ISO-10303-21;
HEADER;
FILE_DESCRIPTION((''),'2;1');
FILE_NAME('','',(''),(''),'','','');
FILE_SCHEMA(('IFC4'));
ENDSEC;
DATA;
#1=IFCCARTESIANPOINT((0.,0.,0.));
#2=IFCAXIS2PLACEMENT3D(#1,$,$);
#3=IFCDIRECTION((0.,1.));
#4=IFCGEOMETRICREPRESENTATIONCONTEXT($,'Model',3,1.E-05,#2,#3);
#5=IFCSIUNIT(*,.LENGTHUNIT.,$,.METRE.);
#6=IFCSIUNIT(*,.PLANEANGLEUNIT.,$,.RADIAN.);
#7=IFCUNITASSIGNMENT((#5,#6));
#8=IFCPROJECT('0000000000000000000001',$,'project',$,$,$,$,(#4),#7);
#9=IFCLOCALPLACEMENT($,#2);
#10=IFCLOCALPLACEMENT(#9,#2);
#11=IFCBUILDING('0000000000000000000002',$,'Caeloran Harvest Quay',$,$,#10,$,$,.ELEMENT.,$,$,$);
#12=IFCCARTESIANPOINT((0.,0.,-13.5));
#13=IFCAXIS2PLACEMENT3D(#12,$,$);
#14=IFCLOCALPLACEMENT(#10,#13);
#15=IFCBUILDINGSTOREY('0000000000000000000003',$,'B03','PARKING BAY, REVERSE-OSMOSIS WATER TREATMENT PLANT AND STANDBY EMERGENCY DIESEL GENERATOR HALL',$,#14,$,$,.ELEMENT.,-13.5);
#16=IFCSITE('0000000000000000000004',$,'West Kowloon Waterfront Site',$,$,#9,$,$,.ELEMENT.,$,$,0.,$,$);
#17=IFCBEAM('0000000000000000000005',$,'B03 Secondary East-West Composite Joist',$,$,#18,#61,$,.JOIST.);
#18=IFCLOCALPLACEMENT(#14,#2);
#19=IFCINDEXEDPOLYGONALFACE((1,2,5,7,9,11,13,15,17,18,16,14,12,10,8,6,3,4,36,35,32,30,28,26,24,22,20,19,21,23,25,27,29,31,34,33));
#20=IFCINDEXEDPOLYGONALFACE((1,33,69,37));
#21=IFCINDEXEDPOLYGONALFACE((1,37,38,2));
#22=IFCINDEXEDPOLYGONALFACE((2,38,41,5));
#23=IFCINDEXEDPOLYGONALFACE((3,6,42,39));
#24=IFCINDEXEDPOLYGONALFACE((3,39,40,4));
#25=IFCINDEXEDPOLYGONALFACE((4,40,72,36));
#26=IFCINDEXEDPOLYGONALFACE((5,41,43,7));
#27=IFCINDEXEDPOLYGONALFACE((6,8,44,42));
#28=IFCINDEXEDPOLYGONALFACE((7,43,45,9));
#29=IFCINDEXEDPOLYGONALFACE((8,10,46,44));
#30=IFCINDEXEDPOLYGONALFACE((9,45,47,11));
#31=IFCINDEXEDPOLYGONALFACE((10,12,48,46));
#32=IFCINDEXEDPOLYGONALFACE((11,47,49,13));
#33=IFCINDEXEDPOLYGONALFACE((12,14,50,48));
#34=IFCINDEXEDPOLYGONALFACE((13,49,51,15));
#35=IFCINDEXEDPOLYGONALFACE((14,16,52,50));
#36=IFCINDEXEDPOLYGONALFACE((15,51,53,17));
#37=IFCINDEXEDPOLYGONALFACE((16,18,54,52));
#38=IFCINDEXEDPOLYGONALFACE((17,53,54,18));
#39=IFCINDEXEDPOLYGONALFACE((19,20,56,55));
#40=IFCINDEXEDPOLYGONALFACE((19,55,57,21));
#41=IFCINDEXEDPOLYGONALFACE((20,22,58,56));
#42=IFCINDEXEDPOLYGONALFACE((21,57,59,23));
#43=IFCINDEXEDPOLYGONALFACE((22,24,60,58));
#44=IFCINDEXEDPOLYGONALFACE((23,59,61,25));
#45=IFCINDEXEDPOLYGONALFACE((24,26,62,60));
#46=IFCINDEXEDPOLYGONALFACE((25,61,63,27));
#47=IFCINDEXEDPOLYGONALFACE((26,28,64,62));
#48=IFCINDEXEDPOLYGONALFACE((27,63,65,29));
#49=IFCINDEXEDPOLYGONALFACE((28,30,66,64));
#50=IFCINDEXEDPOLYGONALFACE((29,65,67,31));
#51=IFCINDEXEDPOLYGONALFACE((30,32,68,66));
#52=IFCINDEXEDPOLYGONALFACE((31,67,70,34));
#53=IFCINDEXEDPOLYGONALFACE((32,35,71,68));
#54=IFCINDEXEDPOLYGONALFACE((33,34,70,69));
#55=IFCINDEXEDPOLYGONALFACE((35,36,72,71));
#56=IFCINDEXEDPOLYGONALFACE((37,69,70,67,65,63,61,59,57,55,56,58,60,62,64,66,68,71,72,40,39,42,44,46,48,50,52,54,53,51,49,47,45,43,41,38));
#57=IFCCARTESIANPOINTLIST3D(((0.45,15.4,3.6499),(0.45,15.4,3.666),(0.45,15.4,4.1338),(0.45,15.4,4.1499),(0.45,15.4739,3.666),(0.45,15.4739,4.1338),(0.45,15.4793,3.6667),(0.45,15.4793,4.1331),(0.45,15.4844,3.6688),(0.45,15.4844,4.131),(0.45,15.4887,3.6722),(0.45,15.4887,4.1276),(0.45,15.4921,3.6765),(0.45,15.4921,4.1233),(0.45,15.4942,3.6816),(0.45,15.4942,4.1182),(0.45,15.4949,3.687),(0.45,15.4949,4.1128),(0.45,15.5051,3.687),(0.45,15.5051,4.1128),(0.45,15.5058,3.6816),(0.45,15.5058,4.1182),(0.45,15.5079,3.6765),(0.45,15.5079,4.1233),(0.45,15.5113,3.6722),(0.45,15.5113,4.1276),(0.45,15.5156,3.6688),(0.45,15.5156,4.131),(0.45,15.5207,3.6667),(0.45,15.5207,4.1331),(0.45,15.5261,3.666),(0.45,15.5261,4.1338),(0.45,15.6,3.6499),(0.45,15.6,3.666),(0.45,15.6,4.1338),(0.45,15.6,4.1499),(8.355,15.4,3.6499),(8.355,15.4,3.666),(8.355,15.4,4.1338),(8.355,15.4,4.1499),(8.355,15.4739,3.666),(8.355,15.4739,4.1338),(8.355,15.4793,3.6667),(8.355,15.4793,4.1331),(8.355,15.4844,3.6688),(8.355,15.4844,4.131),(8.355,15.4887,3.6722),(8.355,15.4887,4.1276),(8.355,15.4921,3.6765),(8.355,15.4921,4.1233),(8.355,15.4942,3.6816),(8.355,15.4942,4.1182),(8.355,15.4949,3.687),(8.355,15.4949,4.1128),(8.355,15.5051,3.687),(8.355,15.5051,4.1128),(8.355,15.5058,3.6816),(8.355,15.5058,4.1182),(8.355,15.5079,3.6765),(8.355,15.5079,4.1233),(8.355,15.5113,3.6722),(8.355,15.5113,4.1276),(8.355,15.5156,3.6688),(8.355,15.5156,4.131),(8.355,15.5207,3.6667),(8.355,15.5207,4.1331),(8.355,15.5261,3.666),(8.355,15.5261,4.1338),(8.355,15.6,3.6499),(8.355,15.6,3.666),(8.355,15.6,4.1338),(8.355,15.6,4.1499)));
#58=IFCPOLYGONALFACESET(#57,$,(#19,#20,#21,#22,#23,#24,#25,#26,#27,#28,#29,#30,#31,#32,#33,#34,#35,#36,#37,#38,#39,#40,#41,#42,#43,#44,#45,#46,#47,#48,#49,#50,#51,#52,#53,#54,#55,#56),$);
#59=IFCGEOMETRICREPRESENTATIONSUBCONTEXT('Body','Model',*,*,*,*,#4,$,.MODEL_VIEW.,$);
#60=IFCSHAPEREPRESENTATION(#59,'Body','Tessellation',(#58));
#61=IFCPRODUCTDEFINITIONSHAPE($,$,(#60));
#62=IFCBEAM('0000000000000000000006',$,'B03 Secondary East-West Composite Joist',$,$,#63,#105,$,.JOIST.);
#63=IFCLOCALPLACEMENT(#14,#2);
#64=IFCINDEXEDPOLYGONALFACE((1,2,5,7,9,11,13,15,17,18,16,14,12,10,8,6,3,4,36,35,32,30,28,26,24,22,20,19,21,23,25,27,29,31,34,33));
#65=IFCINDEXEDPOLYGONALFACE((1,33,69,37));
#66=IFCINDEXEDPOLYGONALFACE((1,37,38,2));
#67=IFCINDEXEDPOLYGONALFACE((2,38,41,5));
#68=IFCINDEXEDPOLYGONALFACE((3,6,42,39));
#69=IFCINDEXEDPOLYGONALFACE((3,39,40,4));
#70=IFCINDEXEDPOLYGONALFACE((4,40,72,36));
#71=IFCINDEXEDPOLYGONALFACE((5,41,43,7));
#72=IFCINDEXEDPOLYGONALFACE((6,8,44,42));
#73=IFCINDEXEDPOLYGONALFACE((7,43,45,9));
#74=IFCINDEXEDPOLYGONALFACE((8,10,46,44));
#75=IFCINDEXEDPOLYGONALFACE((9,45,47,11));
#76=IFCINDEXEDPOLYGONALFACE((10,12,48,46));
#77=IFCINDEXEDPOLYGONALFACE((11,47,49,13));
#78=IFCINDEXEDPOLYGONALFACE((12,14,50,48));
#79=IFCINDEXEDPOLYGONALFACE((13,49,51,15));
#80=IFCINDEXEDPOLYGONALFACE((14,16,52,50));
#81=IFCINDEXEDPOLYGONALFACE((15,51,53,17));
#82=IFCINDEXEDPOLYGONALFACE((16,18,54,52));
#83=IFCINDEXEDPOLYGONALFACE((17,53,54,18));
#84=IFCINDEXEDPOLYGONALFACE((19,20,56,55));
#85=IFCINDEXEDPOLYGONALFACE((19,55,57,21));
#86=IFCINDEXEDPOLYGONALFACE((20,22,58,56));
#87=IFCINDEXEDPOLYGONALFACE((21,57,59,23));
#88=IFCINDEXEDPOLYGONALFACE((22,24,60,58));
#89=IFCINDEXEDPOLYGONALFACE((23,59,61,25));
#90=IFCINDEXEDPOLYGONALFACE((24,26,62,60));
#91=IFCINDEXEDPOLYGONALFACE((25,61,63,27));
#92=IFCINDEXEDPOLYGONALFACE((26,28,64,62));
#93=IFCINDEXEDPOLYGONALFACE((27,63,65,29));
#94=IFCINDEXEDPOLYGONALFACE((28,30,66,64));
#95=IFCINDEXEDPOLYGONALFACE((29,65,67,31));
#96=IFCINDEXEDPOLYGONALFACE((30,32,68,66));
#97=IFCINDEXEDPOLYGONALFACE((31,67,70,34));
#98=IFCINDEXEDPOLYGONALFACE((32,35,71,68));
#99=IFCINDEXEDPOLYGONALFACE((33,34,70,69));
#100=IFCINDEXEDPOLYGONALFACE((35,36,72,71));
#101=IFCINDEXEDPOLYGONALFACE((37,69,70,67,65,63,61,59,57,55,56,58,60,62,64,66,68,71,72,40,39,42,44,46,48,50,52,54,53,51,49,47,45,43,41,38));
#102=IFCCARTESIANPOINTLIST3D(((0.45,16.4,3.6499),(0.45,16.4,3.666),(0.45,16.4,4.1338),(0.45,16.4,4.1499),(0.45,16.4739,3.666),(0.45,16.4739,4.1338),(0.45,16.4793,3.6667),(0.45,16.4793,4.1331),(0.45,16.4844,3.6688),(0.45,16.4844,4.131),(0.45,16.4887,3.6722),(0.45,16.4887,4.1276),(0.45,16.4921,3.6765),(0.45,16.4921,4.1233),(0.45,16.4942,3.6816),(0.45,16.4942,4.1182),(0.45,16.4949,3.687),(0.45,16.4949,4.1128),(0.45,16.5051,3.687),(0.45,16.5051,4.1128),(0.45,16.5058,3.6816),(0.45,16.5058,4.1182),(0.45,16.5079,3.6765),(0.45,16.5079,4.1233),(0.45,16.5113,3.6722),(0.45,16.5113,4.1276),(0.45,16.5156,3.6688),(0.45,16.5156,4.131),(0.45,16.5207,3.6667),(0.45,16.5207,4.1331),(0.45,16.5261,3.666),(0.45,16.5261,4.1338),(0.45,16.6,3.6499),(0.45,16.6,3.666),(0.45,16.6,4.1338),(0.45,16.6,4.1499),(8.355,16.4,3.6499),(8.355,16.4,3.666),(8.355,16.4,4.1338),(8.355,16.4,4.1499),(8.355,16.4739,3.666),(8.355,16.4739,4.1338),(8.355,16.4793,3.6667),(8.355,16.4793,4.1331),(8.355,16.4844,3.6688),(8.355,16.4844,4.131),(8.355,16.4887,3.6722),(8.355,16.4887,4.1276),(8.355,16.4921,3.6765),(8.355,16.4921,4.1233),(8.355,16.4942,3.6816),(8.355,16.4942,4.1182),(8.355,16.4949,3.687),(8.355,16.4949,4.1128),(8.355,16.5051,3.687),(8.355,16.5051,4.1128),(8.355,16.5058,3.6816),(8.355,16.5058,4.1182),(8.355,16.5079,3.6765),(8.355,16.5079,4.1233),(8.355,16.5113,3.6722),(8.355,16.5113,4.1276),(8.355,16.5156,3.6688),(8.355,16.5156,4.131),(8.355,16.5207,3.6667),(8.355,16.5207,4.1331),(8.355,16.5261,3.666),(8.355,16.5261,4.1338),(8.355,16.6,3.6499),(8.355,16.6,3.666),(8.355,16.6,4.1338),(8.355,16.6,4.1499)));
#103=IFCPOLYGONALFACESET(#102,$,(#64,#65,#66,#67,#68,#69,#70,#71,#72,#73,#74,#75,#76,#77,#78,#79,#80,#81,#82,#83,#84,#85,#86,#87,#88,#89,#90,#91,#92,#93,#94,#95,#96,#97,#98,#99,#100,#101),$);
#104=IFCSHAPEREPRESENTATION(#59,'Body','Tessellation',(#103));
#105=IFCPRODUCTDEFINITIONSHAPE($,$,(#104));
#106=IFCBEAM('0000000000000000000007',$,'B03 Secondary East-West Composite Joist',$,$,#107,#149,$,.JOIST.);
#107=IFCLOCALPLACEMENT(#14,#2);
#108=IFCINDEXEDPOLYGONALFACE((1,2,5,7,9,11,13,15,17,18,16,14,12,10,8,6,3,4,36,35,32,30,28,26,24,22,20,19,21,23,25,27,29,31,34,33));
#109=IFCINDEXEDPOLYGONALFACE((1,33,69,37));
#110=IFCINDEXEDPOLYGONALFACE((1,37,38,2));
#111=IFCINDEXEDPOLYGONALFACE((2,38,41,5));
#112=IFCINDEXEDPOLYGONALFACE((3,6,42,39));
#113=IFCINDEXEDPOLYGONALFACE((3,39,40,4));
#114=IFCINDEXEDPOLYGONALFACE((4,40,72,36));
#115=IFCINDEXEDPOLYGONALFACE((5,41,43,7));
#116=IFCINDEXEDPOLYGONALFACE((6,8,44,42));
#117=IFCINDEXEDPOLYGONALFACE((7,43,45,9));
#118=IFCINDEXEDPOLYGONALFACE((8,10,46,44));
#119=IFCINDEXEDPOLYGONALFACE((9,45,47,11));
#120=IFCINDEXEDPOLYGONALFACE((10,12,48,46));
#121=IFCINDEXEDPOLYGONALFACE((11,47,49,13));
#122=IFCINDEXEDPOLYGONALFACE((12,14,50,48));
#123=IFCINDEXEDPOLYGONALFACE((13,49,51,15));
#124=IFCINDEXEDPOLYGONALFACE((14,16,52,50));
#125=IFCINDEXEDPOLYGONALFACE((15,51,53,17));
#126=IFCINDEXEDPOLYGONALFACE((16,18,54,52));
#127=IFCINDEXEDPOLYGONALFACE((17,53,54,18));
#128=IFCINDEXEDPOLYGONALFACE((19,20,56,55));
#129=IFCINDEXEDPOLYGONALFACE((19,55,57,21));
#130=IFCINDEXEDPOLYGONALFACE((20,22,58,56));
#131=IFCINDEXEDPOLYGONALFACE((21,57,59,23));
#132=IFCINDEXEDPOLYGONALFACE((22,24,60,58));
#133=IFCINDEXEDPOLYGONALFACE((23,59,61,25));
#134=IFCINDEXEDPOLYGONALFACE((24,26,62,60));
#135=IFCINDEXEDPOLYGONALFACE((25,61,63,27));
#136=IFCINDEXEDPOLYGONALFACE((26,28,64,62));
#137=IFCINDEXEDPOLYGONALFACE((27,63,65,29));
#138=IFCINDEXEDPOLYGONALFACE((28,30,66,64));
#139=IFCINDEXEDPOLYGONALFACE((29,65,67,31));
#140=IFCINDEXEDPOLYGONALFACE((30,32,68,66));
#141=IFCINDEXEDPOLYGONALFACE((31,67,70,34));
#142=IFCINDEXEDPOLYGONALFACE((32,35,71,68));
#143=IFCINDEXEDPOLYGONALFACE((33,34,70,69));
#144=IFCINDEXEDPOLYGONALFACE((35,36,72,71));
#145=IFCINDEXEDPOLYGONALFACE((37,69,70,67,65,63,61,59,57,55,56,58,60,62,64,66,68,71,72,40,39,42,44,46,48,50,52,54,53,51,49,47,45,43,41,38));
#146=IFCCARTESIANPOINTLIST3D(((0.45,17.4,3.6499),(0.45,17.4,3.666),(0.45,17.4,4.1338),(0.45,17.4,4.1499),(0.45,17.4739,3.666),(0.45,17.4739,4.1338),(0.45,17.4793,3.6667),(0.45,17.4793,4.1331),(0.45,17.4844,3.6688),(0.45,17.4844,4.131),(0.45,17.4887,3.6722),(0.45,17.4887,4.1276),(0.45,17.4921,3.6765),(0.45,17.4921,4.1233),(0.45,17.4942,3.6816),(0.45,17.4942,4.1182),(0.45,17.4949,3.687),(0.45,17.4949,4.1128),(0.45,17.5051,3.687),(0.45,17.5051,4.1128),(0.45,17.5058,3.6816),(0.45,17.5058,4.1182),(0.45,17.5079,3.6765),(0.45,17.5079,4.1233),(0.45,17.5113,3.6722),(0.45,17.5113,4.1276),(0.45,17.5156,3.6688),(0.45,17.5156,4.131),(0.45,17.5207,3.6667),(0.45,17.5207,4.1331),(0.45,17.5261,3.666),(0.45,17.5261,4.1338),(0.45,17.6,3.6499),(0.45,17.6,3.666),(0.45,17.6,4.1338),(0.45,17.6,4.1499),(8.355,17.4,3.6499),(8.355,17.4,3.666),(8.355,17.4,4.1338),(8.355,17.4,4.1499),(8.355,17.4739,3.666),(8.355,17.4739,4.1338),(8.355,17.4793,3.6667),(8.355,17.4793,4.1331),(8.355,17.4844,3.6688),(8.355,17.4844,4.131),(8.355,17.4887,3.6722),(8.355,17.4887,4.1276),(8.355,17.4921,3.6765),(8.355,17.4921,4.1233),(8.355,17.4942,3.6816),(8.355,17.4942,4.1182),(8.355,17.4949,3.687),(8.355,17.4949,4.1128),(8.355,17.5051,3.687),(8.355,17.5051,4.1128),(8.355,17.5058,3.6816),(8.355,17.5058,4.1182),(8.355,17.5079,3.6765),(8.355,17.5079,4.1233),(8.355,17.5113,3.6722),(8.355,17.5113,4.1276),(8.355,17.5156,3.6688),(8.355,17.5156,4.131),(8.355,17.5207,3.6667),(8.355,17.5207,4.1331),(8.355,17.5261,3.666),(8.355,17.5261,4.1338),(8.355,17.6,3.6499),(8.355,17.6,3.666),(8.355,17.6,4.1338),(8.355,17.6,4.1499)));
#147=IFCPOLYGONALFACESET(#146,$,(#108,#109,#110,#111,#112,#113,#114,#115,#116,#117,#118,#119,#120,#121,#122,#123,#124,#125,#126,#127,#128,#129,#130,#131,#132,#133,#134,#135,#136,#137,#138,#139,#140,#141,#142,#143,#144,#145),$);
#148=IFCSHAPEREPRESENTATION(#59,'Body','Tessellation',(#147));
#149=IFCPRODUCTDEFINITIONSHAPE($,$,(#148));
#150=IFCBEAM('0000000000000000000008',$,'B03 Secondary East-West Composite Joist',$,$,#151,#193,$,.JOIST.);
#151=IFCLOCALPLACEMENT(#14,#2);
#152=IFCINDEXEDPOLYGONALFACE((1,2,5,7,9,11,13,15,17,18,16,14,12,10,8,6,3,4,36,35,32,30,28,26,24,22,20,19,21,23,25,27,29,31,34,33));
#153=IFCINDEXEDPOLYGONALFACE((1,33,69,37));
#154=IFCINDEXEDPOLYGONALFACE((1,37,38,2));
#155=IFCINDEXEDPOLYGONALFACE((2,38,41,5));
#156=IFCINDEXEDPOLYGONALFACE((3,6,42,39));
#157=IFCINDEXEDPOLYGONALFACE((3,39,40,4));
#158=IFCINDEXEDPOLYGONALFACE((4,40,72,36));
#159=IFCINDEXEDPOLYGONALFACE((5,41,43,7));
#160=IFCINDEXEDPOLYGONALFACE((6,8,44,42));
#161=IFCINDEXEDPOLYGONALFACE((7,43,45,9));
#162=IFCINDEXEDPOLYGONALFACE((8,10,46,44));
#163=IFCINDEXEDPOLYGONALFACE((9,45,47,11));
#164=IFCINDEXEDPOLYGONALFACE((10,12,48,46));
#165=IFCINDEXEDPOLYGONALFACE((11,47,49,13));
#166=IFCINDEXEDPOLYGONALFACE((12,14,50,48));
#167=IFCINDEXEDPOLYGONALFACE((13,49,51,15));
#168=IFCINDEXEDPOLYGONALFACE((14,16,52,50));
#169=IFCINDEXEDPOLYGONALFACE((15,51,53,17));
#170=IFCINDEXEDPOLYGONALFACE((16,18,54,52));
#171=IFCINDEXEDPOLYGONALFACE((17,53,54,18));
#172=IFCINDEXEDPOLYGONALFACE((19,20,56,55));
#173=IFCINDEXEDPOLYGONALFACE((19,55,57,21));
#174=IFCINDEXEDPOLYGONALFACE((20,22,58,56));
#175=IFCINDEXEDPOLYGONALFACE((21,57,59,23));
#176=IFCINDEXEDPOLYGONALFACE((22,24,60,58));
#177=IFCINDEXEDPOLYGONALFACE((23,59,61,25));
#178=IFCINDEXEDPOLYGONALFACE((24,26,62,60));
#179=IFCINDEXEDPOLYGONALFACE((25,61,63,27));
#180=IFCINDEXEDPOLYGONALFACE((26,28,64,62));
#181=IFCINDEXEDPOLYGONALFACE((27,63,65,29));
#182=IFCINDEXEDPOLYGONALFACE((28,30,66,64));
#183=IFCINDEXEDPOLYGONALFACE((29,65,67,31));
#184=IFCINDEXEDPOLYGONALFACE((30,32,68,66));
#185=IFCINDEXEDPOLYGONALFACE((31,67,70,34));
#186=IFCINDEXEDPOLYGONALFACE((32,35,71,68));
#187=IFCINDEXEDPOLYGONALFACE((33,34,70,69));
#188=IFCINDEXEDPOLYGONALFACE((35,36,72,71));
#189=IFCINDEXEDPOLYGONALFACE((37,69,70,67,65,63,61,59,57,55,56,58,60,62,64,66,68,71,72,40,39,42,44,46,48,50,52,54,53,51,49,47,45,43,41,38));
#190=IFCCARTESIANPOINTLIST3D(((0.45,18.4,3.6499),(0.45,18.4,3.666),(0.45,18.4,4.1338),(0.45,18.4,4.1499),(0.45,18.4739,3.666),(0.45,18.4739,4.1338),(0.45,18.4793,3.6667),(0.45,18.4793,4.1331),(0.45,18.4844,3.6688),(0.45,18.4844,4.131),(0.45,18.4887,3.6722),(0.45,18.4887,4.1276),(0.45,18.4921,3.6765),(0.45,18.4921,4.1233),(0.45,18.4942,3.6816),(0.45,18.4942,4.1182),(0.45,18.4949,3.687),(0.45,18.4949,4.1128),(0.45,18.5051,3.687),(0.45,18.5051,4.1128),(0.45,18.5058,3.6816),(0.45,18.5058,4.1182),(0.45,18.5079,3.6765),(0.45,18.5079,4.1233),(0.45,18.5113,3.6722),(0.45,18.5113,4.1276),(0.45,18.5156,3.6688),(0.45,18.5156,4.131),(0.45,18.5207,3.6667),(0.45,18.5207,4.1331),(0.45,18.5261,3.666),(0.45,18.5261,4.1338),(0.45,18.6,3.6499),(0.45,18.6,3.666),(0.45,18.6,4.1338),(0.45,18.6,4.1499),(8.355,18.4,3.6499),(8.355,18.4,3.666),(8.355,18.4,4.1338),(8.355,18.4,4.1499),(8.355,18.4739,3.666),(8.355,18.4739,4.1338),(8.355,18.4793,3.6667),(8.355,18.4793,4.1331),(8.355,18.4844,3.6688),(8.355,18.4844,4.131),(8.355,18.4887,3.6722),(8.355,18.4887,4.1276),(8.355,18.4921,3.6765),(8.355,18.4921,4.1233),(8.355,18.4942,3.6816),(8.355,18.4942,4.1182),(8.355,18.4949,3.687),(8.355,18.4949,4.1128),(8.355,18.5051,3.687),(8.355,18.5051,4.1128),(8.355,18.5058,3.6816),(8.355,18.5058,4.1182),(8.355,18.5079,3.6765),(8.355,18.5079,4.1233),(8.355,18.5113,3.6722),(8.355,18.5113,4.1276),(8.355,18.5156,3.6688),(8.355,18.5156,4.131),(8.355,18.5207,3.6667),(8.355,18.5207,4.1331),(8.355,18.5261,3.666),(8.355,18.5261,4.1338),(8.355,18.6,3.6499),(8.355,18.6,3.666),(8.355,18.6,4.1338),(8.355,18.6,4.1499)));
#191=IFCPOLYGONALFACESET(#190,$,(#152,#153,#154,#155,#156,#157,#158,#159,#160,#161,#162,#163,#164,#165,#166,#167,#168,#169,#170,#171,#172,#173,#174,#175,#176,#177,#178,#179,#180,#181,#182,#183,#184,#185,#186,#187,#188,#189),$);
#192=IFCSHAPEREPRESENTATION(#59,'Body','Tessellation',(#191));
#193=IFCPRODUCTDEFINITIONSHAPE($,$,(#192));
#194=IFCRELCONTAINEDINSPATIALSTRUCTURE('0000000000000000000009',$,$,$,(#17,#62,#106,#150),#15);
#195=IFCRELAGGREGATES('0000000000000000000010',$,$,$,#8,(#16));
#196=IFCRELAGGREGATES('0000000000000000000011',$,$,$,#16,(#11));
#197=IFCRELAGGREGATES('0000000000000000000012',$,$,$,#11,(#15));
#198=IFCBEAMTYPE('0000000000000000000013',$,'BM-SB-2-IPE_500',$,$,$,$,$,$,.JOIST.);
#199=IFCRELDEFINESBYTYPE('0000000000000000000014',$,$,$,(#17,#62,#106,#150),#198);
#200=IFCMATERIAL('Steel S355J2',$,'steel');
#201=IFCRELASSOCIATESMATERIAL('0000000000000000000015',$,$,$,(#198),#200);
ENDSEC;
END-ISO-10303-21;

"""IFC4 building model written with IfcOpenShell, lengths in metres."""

from ifc_helpers import new_model, si_unit, direction, frame, origin, origin_2d, place, context, subcontext, project, spatial, i_section, extrude, material, material_profile, profile_set, type_object, element, save


model = new_model("IFC4")

# Units and contexts
model_context = context("Model", 3, precision=1e-05, world=origin(), true_north=direction((0.0, 1.0)))
body_context = subcontext(model_context, "Body", "Model", "MODEL_VIEW")
ifc_project = project(units=[si_unit("LENGTHUNIT", "METRE"), si_unit("PLANEANGLEUNIT", "RADIAN")], contexts=[model_context])

# Site, building, storey
site_placement = place(None, origin())
site = spatial("IfcSite", under=ifc_project, at=site_placement, Name="West Kowloon Waterfront Site", CompositionType="ELEMENT", RefElevation=0.0)
building_placement = place(site_placement, origin())
building = spatial("IfcBuilding", under=site, at=building_placement, Name="Caeloran Harvest Quay", CompositionType="ELEMENT")
storey_placement = place(building_placement, frame((0.0, 0.0, -13.5)))
storey = spatial("IfcBuildingStorey", under=building, at=storey_placement, Name="B03", Description="PARKING BAY, REVERSE-OSMOSIS WATER TREATMENT PLANT AND STANDBY EMERGENCY DIESEL GENERATOR HALL", CompositionType="ELEMENT", Elevation=-13.5)

# Beams
ifc_material_1 = material(Name="Steel S355J2", Category="steel")
ifc_material_profile_1 = material_profile(ifc_material_1, i_section(OverallWidth=0.2, OverallDepth=0.5, WebThickness=0.0103, FlangeThickness=0.0161, FilletRadius=0.021, at=origin_2d()), Name="IPE 500")
ifc_profile_set_1 = profile_set([ifc_material_profile_1], Name="Steel S355J2")
beam_type_1 = type_object("IfcBeamType", Name="BM-SB-2-IPE_500", PredefinedType="JOIST", material=ifc_profile_set_1)
for number, where, z_axis, x_axis, name in (
    (1, (0.45, 15.5, 3.8999), (1.0, 0.0, 0.0), (0.0, 1.0, 0.0), "B03 Secondary East-West Composite Joist"),
    (2, (0.45, 16.5, 3.8999), (1.0, 0.0, 0.0), (0.0, 1.0, 0.0), "B03 Secondary East-West Composite Joist"),
    (3, (0.45, 17.5, 3.8999), (1.0, 0.0, 0.0), (0.0, 1.0, 0.0), "B03 Secondary East-West Composite Joist"),
    (4, (0.45, 18.5, 3.8999), (1.0, 0.0, 0.0), (0.0, 1.0, 0.0), "B03 Secondary East-West Composite Joist"),
):
    element("IfcBeam", number, at=place(storey_placement, frame(where, z_axis=z_axis, x_axis=x_axis)), inside=storey, type_object=beam_type_1, Name=name, PredefinedType="JOIST", context=body_context, shape_type="SweptSolid", body=[
        extrude(i_section(OverallWidth=0.2, OverallDepth=0.5, WebThickness=0.0103, FlangeThickness=0.0161, FilletRadius=0.021, at=origin_2d()), origin(), (0.0, 0.0, 1.0), 7.905),
    ])

save(model, "model.ifc")
